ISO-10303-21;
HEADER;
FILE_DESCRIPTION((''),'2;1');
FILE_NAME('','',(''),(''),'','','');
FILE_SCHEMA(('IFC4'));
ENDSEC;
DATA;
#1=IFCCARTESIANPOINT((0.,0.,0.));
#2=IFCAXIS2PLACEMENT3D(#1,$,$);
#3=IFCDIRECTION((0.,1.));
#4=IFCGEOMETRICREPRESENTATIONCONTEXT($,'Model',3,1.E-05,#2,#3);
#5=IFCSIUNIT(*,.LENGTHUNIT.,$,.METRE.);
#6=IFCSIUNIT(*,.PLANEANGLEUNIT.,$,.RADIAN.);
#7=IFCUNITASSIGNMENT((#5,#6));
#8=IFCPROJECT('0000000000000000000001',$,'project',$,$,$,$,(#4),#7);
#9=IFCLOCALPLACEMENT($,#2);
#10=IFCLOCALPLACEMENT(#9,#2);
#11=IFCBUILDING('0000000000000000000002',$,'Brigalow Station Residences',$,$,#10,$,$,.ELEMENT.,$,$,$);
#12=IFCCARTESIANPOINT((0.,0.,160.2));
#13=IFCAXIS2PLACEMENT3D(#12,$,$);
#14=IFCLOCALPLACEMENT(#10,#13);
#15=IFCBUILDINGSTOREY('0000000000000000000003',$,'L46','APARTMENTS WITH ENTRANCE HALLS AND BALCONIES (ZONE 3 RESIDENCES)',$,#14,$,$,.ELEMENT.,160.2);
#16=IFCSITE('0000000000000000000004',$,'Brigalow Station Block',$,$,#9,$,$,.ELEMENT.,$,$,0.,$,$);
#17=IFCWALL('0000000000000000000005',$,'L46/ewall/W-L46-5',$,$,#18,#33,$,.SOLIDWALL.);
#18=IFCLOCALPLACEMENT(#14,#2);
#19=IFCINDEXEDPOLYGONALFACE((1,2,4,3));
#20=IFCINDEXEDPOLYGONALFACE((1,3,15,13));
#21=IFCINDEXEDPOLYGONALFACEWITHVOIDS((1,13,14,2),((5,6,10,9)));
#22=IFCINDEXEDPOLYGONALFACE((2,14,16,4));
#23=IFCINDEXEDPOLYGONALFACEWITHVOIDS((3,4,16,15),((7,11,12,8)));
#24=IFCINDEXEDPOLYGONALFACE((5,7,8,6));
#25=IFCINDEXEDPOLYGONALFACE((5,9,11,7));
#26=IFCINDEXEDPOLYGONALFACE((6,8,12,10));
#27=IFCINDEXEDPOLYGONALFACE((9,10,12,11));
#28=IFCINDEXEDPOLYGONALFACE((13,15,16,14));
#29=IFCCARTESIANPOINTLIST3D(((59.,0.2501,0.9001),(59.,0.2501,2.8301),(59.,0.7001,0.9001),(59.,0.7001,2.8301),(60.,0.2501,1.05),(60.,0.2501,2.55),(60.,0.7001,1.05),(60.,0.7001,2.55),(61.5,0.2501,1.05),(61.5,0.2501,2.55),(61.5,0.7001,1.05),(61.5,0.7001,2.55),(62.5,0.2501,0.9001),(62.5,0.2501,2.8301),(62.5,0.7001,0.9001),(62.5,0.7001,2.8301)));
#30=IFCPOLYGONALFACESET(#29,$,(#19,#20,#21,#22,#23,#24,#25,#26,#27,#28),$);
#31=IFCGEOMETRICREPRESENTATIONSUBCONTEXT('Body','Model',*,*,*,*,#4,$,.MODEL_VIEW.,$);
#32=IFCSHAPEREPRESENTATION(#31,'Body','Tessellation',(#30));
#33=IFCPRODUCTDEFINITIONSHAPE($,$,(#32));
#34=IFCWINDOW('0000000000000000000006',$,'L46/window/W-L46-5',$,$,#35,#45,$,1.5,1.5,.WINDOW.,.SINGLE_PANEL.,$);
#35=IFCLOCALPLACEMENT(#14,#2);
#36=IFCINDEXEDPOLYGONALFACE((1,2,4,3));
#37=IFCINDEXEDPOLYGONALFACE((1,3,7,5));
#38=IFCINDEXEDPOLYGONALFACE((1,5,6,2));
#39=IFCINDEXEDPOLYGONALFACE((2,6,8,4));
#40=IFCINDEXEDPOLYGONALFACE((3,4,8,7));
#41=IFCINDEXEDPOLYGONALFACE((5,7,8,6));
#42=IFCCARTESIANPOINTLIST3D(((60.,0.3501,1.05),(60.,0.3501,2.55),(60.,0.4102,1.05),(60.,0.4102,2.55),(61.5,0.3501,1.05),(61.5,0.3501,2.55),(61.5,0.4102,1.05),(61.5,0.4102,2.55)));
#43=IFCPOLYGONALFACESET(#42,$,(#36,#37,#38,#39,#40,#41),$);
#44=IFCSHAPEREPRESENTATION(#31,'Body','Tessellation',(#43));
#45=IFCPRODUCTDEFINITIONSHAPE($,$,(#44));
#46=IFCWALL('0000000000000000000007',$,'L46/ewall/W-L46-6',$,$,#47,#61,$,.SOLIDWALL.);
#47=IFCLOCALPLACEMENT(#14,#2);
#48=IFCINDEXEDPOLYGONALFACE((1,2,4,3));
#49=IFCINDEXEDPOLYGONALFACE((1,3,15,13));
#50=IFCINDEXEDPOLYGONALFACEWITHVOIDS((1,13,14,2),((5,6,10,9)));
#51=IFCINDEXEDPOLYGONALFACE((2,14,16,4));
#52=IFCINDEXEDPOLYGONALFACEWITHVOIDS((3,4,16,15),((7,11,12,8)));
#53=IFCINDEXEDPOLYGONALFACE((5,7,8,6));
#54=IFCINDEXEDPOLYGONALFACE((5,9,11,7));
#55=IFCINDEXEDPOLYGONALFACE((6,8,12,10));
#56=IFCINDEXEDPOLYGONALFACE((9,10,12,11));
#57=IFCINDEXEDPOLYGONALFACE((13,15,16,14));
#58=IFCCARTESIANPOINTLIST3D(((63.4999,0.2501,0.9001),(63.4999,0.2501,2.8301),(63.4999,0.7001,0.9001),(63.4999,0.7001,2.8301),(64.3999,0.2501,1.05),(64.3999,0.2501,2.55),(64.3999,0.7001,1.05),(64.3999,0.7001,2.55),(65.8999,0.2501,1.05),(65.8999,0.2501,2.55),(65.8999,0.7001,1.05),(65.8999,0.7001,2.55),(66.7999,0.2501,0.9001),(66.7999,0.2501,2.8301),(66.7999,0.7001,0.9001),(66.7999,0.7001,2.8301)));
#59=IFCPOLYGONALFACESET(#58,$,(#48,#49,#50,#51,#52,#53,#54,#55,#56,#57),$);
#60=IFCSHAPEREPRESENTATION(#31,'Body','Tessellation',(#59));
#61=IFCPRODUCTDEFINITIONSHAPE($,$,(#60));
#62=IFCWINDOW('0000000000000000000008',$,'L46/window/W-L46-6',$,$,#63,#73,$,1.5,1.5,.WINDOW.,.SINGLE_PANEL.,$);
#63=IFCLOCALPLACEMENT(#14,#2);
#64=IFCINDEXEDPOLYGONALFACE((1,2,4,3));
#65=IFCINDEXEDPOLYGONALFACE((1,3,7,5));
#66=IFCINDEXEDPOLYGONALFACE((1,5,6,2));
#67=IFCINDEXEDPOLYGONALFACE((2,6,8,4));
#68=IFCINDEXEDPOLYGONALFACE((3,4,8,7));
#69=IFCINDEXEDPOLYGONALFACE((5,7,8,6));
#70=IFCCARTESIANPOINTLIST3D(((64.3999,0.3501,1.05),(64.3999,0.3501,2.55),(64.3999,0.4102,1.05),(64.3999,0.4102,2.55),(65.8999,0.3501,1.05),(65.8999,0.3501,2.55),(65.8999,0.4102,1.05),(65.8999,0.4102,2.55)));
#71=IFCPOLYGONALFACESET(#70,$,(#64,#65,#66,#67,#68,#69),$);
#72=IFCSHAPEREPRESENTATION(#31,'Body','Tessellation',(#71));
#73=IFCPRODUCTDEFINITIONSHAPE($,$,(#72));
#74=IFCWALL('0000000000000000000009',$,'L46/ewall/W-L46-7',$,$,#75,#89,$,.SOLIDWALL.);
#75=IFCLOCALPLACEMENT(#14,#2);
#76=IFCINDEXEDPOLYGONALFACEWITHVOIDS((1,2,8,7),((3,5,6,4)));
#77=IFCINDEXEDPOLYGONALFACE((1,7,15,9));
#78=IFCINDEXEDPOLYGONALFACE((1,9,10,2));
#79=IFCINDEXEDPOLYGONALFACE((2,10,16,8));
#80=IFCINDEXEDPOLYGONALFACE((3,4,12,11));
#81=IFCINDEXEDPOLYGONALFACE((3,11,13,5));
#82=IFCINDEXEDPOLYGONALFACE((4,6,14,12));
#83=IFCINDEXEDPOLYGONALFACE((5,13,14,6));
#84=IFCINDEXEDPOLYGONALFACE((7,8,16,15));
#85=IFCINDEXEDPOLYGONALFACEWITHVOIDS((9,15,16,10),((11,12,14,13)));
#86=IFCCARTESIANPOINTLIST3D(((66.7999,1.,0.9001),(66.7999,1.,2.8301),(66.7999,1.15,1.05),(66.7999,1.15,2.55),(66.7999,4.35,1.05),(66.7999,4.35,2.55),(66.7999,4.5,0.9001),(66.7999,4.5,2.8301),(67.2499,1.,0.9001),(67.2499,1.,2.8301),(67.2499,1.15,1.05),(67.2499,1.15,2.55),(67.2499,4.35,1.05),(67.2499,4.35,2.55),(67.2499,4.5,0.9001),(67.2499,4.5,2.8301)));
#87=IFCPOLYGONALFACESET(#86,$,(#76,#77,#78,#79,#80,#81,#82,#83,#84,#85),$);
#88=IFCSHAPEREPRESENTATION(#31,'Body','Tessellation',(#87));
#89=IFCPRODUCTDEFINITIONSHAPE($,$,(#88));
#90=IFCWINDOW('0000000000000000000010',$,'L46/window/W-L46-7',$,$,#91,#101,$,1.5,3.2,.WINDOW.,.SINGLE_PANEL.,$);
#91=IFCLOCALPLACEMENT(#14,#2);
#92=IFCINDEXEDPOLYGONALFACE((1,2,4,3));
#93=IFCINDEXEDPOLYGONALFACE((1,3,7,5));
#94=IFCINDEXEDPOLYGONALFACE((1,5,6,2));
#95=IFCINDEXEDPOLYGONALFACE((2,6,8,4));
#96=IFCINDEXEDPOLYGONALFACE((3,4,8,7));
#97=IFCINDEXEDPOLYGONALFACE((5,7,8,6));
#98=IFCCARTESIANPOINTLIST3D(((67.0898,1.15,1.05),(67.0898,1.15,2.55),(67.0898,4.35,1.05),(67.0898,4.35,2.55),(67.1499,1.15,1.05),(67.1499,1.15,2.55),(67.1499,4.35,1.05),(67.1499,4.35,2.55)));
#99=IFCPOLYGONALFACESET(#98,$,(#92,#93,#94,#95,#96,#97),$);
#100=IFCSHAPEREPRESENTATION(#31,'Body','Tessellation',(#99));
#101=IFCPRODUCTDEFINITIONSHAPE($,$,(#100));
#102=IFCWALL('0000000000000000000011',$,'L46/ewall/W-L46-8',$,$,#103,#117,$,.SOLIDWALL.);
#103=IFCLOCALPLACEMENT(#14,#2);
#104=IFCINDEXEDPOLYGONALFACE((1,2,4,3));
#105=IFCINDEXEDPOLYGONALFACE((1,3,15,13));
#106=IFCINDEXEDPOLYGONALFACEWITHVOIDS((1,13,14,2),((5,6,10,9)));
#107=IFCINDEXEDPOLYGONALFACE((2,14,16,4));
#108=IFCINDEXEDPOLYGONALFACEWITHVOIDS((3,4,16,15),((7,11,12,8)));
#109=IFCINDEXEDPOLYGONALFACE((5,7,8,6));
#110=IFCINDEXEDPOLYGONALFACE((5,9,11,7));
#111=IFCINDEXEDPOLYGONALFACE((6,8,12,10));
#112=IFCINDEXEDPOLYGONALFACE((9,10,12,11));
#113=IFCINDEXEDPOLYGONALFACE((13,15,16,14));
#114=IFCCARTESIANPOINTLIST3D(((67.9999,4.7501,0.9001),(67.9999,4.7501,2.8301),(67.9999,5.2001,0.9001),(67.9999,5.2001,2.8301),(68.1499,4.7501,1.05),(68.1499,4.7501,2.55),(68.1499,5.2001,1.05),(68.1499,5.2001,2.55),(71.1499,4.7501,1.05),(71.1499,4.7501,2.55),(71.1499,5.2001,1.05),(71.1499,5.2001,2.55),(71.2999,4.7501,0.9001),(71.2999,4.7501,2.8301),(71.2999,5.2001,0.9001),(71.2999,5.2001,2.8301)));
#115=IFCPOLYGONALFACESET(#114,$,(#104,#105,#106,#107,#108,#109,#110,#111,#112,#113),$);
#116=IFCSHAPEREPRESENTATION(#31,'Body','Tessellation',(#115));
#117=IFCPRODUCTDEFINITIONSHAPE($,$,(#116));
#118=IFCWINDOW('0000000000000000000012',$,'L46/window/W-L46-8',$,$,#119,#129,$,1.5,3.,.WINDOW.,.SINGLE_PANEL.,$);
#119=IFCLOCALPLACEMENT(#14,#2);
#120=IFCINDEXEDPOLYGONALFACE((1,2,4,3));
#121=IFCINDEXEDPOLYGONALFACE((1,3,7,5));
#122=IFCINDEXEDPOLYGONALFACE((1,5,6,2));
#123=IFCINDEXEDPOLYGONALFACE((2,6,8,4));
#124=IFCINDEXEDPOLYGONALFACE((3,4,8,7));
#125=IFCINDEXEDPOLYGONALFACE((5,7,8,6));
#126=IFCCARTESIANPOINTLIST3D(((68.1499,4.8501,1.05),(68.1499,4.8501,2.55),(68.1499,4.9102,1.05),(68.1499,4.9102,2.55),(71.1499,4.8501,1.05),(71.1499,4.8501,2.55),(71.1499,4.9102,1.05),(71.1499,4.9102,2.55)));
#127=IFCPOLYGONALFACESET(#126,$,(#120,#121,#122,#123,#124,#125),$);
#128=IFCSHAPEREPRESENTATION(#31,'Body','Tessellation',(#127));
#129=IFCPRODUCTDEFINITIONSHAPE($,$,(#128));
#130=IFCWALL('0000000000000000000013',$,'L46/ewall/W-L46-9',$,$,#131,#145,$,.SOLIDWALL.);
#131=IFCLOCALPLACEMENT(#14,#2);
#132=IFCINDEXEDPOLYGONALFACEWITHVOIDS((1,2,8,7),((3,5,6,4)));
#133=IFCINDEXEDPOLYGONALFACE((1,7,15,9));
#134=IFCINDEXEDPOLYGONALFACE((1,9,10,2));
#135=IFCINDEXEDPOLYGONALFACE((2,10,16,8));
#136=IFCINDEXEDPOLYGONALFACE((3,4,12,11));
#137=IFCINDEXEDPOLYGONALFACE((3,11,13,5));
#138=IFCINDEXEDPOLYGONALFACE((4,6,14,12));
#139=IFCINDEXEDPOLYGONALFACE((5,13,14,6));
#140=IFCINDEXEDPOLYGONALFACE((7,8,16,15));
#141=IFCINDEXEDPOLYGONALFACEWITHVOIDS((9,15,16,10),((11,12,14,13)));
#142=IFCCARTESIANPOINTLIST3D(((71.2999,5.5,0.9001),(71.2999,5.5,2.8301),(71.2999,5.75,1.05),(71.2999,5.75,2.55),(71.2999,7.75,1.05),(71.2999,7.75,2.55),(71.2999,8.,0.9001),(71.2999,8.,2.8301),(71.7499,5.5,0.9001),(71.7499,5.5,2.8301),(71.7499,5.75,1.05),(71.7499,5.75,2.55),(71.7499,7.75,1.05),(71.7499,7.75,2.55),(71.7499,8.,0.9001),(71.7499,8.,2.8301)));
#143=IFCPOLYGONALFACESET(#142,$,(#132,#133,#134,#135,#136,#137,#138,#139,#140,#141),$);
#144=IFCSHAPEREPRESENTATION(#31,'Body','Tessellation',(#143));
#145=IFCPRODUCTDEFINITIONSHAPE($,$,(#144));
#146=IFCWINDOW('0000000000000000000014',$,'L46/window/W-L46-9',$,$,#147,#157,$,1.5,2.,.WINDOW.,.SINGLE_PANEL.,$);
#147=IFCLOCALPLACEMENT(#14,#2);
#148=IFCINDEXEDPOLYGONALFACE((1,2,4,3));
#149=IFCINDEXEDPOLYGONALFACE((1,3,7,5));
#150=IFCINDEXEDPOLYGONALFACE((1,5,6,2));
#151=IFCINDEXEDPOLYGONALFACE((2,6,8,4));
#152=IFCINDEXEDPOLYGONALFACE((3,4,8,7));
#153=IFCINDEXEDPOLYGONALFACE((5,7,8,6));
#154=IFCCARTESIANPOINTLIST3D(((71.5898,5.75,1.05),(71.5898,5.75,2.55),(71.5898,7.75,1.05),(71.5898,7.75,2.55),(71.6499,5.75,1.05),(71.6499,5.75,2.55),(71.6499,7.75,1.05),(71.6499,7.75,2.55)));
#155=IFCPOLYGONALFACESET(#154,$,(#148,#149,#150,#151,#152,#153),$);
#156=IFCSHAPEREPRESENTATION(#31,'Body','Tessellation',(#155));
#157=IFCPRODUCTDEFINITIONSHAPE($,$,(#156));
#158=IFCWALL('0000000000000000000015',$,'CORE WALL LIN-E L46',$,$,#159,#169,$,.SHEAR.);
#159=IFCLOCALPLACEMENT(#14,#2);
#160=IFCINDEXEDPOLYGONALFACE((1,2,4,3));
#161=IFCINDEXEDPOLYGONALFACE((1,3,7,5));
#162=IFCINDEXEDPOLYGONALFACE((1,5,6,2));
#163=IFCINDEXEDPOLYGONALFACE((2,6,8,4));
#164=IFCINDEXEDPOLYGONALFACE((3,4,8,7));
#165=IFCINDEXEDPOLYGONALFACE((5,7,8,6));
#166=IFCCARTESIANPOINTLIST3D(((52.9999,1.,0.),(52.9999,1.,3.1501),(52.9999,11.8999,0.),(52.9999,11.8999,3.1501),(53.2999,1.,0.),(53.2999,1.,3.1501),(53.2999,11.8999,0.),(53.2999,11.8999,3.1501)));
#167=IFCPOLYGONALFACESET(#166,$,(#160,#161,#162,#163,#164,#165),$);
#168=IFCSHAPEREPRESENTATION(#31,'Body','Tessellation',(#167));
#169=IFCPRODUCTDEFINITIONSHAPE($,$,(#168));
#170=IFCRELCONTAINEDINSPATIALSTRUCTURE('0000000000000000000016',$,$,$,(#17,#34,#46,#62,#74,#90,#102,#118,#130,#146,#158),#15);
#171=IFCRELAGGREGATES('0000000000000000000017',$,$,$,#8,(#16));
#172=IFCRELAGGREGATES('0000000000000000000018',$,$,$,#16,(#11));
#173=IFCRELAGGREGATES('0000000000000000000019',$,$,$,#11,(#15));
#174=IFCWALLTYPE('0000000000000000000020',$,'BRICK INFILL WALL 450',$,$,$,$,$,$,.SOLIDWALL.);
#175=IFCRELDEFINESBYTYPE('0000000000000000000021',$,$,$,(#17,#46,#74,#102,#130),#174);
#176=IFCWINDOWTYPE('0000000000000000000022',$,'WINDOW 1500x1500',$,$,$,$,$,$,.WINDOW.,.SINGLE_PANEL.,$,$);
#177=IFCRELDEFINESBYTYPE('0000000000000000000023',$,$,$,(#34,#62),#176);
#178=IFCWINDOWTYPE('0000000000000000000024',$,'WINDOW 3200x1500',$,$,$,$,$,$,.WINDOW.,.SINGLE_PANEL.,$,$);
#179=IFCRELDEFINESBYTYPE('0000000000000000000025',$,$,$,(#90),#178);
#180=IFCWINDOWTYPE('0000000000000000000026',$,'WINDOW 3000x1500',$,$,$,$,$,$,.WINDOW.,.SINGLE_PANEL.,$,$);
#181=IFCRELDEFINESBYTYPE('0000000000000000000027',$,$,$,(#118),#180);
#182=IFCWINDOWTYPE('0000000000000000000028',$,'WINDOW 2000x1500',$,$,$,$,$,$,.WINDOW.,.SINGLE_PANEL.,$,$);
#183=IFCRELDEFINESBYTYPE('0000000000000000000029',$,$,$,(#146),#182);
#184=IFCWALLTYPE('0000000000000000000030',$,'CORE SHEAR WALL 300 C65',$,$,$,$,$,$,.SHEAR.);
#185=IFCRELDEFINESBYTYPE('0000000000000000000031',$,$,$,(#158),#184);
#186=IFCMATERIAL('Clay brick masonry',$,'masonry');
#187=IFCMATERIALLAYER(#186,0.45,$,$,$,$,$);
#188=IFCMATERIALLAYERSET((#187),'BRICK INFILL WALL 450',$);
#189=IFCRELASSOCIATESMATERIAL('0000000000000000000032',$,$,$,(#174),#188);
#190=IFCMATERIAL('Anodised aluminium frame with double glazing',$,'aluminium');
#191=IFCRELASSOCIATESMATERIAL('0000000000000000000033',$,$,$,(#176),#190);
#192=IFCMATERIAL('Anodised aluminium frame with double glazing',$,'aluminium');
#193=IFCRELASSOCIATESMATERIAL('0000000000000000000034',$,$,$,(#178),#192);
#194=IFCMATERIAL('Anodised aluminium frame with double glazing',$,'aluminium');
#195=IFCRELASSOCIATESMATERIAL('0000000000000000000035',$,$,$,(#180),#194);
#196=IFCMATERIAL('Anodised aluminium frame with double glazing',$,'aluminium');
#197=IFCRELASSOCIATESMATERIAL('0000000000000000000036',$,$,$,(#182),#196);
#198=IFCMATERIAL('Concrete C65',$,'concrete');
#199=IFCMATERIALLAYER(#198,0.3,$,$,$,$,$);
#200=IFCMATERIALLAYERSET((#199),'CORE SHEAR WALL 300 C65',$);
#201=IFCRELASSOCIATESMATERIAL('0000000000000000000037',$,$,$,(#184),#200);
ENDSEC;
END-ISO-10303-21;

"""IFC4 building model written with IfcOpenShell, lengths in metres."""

from ifc_helpers import new_model, si_unit, direction, frame, frame_2d, origin, place, context, subcontext, project, spatial, rectangle, extrude, material, layer, layer_set, type_object, element, fill, save


model = new_model("IFC4")

# Units and contexts
model_context = context("Model", 3, precision=1e-05, world=origin(), true_north=direction((0.0, 1.0)))
body_context = subcontext(model_context, "Body", "Model", "MODEL_VIEW")
ifc_project = project(units=[si_unit("LENGTHUNIT", "METRE"), si_unit("PLANEANGLEUNIT", "RADIAN")], contexts=[model_context])

# Site, building, storey
site_placement = place(None, origin())
site = spatial("IfcSite", under=ifc_project, at=site_placement, Name="Brigalow Station Block", CompositionType="ELEMENT", RefElevation=0.0)
building_placement = place(site_placement, origin())
building = spatial("IfcBuilding", under=site, at=building_placement, Name="Brigalow Station Residences", CompositionType="ELEMENT")
storey_placement = place(building_placement, frame((0.0, 0.0, 160.2)))
storey = spatial("IfcBuildingStorey", under=building, at=storey_placement, Name="L46", Description="APARTMENTS WITH ENTRANCE HALLS AND BALCONIES (ZONE 3 RESIDENCES)", CompositionType="ELEMENT", Elevation=160.2)

# Walls, openings, windows
ifc_material_1 = material(Name="Clay brick masonry", Category="masonry")
ifc_layer_1 = layer(ifc_material_1, 0.45)
ifc_layer_set_1 = layer_set([ifc_layer_1], Name="BRICK INFILL WALL 450")
wall_type_1 = type_object("IfcWallType", Name="BRICK INFILL WALL 450", PredefinedType="SOLIDWALL", material=ifc_layer_set_1)
ifc_material_2 = material(Name="Anodised aluminium frame with double glazing", Category="aluminium")
window_type_1 = type_object("IfcWindowType", Name="WINDOW 1500x1500", PartitioningType="SINGLE_PANEL", PredefinedType="WINDOW", material=ifc_material_2)
wall_1_placement = place(storey_placement, frame((59.0, 0.4751, 0.9001), z_axis=(0.0, 0.0, 1.0), x_axis=(1.0, 0.0, 0.0)))
wall_1 = element("IfcWall", 1, at=wall_1_placement, inside=storey, type_object=wall_type_1, Name="L46/ewall/W-L46-5", PredefinedType="SOLIDWALL", context=body_context, shape_type="SweptSolid", body=[
    extrude(rectangle(XDim=3.5, YDim=0.45, at=frame_2d((1.75, 0.0))), origin(), (0.0, 0.0, 1.0), 1.9299),
])
opening_1_placement = place(wall_1_placement, frame((1.0, 0.0, 0.1499)))
opening_1 = element("IfcOpeningElement", 2, at=opening_1_placement, cuts=wall_1, PredefinedType="OPENING", context=body_context, shape_type="SweptSolid", body=[
    extrude(rectangle(XDim=1.5, YDim=1.5, at=frame_2d((0.75, 0.75))), frame((0.0, 0.2349, 0.0), z_axis=(0.0, -1.0, 0.0), x_axis=(1.0, 0.0, 0.0)), (0.0, 0.0, 1.0), 0.47),
])
window_1_placement = place(opening_1_placement, origin())
window_1 = element("IfcWindow", 3, at=window_1_placement, inside=storey, type_object=window_type_1, Name="L46/window/W-L46-5", OverallHeight=1.5, OverallWidth=1.5, PartitioningType="SINGLE_PANEL", PredefinedType="WINDOW", context=body_context, shape_type="SweptSolid", body=[
    extrude(rectangle(XDim=1.5, YDim=1.5, at=frame_2d((0.75, 0.75))), frame((0.0, -0.0649, 0.0), z_axis=(0.0, -1.0, 0.0), x_axis=(1.0, 0.0, 0.0)), (0.0, 0.0, 1.0), 0.0601),
])
fill(opening_1, window_1)
wall_2_placement = place(storey_placement, frame((63.5, 0.4751, 0.9001), z_axis=(0.0, 0.0, 1.0), x_axis=(1.0, 0.0, 0.0)))
wall_2 = element("IfcWall", 4, at=wall_2_placement, inside=storey, type_object=wall_type_1, Name="L46/ewall/W-L46-6", PredefinedType="SOLIDWALL", context=body_context, shape_type="SweptSolid", body=[
    extrude(rectangle(XDim=3.3, YDim=0.45, at=frame_2d((1.6499, 0.0))), origin(), (0.0, 0.0, 1.0), 1.9299),
])
opening_2_placement = place(wall_2_placement, frame((0.8999, 0.0, 0.1499)))
opening_2 = element("IfcOpeningElement", 5, at=opening_2_placement, cuts=wall_2, PredefinedType="OPENING", context=body_context, shape_type="SweptSolid", body=[
    extrude(rectangle(XDim=1.5, YDim=1.5, at=frame_2d((0.75, 0.75))), frame((0.0, 0.2349, 0.0), z_axis=(0.0, -1.0, 0.0), x_axis=(1.0, 0.0, 0.0)), (0.0, 0.0, 1.0), 0.47),
])
window_2_placement = place(opening_2_placement, origin())
window_2 = element("IfcWindow", 6, at=window_2_placement, inside=storey, type_object=window_type_1, Name="L46/window/W-L46-6", OverallHeight=1.5, OverallWidth=1.5, PartitioningType="SINGLE_PANEL", PredefinedType="WINDOW", context=body_context, shape_type="SweptSolid", body=[
    extrude(rectangle(XDim=1.5, YDim=1.5, at=frame_2d((0.75, 0.75))), frame((0.0, -0.0649, 0.0), z_axis=(0.0, -1.0, 0.0), x_axis=(1.0, 0.0, 0.0)), (0.0, 0.0, 1.0), 0.0601),
])
fill(opening_2, window_2)
wall_3_placement = place(storey_placement, frame((67.0249, 1.0, 0.9001), z_axis=(0.0, 0.0, 1.0), x_axis=(0.0, 1.0, 0.0)))
wall_3 = element("IfcWall", 7, at=wall_3_placement, inside=storey, type_object=wall_type_1, Name="L46/ewall/W-L46-7", PredefinedType="SOLIDWALL", context=body_context, shape_type="SweptSolid", body=[
    extrude(rectangle(XDim=3.5, YDim=0.45, at=frame_2d((1.75, 0.0))), origin(), (0.0, 0.0, 1.0), 1.9299),
])
opening_3_placement = place(wall_3_placement, frame((0.1499, 0.0, 0.1499)))
opening_3 = element("IfcOpeningElement", 8, at=opening_3_placement, cuts=wall_3, PredefinedType="OPENING", context=body_context, shape_type="SweptSolid", body=[
    extrude(rectangle(XDim=3.2, YDim=1.5, at=frame_2d((1.6001, 0.75))), frame((0.0, 0.2349, 0.0), z_axis=(0.0, -1.0, 0.0), x_axis=(1.0, 0.0, 0.0)), (0.0, 0.0, 1.0), 0.47),
])
ifc_material_3 = material(Name="Anodised aluminium frame with double glazing", Category="aluminium")
window_type_2 = type_object("IfcWindowType", Name="WINDOW 3200x1500", PartitioningType="SINGLE_PANEL", PredefinedType="WINDOW", material=ifc_material_3)
window_3_placement = place(opening_3_placement, origin())
window_3 = element("IfcWindow", 9, at=window_3_placement, inside=storey, type_object=window_type_2, Name="L46/window/W-L46-7", OverallHeight=1.5, OverallWidth=3.2, PartitioningType="SINGLE_PANEL", PredefinedType="WINDOW", context=body_context, shape_type="SweptSolid", body=[
    extrude(rectangle(XDim=3.2, YDim=1.5, at=frame_2d((1.6001, 0.75))), frame((0.0, -0.0649, 0.0), z_axis=(0.0, -1.0, 0.0), x_axis=(1.0, 0.0, 0.0)), (0.0, 0.0, 1.0), 0.0601),
])
fill(opening_3, window_3)
wall_4_placement = place(storey_placement, frame((68.0, 4.9751, 0.9001), z_axis=(0.0, 0.0, 1.0), x_axis=(1.0, 0.0, 0.0)))
wall_4 = element("IfcWall", 10, at=wall_4_placement, inside=storey, type_object=wall_type_1, Name="L46/ewall/W-L46-8", PredefinedType="SOLIDWALL", context=body_context, shape_type="SweptSolid", body=[
    extrude(rectangle(XDim=3.3, YDim=0.45, at=frame_2d((1.6499, 0.0))), origin(), (0.0, 0.0, 1.0), 1.9299),
])
opening_4_placement = place(wall_4_placement, frame((0.1499, 0.0, 0.1499)))
opening_4 = element("IfcOpeningElement", 11, at=opening_4_placement, cuts=wall_4, PredefinedType="OPENING", context=body_context, shape_type="SweptSolid", body=[
    extrude(rectangle(XDim=3.0, YDim=1.5, at=frame_2d((1.5, 0.75))), frame((0.0, 0.2349, 0.0), z_axis=(0.0, -1.0, 0.0), x_axis=(1.0, 0.0, 0.0)), (0.0, 0.0, 1.0), 0.47),
])
ifc_material_4 = material(Name="Anodised aluminium frame with double glazing", Category="aluminium")
window_type_3 = type_object("IfcWindowType", Name="WINDOW 3000x1500", PartitioningType="SINGLE_PANEL", PredefinedType="WINDOW", material=ifc_material_4)
window_4_placement = place(opening_4_placement, origin())
window_4 = element("IfcWindow", 12, at=window_4_placement, inside=storey, type_object=window_type_3, Name="L46/window/W-L46-8", OverallHeight=1.5, OverallWidth=3.0, PartitioningType="SINGLE_PANEL", PredefinedType="WINDOW", context=body_context, shape_type="SweptSolid", body=[
    extrude(rectangle(XDim=3.0, YDim=1.5, at=frame_2d((1.5, 0.75))), frame((0.0, -0.0649, 0.0), z_axis=(0.0, -1.0, 0.0), x_axis=(1.0, 0.0, 0.0)), (0.0, 0.0, 1.0), 0.0601),
])
fill(opening_4, window_4)
wall_5_placement = place(storey_placement, frame((71.5249, 5.5, 0.9001), z_axis=(0.0, 0.0, 1.0), x_axis=(0.0, 1.0, 0.0)))
wall_5 = element("IfcWall", 13, at=wall_5_placement, inside=storey, type_object=wall_type_1, Name="L46/ewall/W-L46-9", PredefinedType="SOLIDWALL", context=body_context, shape_type="SweptSolid", body=[
    extrude(rectangle(XDim=2.5, YDim=0.45, at=frame_2d((1.25, 0.0))), origin(), (0.0, 0.0, 1.0), 1.9299),
])
opening_5_placement = place(wall_5_placement, frame((0.25, 0.0, 0.1499)))
opening_5 = element("IfcOpeningElement", 14, at=opening_5_placement, cuts=wall_5, PredefinedType="OPENING", context=body_context, shape_type="SweptSolid", body=[
    extrude(rectangle(XDim=2.0, YDim=1.5, at=frame_2d((1.0, 0.75))), frame((0.0, 0.2349, 0.0), z_axis=(0.0, -1.0, 0.0), x_axis=(1.0, 0.0, 0.0)), (0.0, 0.0, 1.0), 0.47),
])
ifc_material_5 = material(Name="Anodised aluminium frame with double glazing", Category="aluminium")
window_type_4 = type_object("IfcWindowType", Name="WINDOW 2000x1500", PartitioningType="SINGLE_PANEL", PredefinedType="WINDOW", material=ifc_material_5)
window_5_placement = place(opening_5_placement, origin())
window_5 = element("IfcWindow", 15, at=window_5_placement, inside=storey, type_object=window_type_4, Name="L46/window/W-L46-9", OverallHeight=1.5, OverallWidth=2.0, PartitioningType="SINGLE_PANEL", PredefinedType="WINDOW", context=body_context, shape_type="SweptSolid", body=[
    extrude(rectangle(XDim=2.0, YDim=1.5, at=frame_2d((1.0, 0.75))), frame((0.0, -0.0649, 0.0), z_axis=(0.0, -1.0, 0.0), x_axis=(1.0, 0.0, 0.0)), (0.0, 0.0, 1.0), 0.0601),
])
fill(opening_5, window_5)

# Wall
ifc_material_6 = material(Name="Concrete C65", Category="concrete")
ifc_layer_2 = layer(ifc_material_6, 0.3)
ifc_layer_set_2 = layer_set([ifc_layer_2], Name="CORE SHEAR WALL 300 C65")
wall_type_2 = type_object("IfcWallType", Name="CORE SHEAR WALL 300 C65", PredefinedType="SHEAR", material=ifc_layer_set_2)
wall_6_placement = place(storey_placement, frame((53.1499, 1.0, 0.0), z_axis=(0.0, 0.0, 1.0), x_axis=(0.0, 1.0, 0.0)))
element("IfcWall", 16, at=wall_6_placement, inside=storey, type_object=wall_type_2, Name="CORE WALL LIN-E L46", PredefinedType="SHEAR", context=body_context, shape_type="SweptSolid", body=[
    extrude(rectangle(XDim=10.8999, YDim=0.3, at=frame_2d((5.45, 0.0))), origin(), (0.0, 0.0, 1.0), 3.1501),
])

save(model, "model.ifc")
